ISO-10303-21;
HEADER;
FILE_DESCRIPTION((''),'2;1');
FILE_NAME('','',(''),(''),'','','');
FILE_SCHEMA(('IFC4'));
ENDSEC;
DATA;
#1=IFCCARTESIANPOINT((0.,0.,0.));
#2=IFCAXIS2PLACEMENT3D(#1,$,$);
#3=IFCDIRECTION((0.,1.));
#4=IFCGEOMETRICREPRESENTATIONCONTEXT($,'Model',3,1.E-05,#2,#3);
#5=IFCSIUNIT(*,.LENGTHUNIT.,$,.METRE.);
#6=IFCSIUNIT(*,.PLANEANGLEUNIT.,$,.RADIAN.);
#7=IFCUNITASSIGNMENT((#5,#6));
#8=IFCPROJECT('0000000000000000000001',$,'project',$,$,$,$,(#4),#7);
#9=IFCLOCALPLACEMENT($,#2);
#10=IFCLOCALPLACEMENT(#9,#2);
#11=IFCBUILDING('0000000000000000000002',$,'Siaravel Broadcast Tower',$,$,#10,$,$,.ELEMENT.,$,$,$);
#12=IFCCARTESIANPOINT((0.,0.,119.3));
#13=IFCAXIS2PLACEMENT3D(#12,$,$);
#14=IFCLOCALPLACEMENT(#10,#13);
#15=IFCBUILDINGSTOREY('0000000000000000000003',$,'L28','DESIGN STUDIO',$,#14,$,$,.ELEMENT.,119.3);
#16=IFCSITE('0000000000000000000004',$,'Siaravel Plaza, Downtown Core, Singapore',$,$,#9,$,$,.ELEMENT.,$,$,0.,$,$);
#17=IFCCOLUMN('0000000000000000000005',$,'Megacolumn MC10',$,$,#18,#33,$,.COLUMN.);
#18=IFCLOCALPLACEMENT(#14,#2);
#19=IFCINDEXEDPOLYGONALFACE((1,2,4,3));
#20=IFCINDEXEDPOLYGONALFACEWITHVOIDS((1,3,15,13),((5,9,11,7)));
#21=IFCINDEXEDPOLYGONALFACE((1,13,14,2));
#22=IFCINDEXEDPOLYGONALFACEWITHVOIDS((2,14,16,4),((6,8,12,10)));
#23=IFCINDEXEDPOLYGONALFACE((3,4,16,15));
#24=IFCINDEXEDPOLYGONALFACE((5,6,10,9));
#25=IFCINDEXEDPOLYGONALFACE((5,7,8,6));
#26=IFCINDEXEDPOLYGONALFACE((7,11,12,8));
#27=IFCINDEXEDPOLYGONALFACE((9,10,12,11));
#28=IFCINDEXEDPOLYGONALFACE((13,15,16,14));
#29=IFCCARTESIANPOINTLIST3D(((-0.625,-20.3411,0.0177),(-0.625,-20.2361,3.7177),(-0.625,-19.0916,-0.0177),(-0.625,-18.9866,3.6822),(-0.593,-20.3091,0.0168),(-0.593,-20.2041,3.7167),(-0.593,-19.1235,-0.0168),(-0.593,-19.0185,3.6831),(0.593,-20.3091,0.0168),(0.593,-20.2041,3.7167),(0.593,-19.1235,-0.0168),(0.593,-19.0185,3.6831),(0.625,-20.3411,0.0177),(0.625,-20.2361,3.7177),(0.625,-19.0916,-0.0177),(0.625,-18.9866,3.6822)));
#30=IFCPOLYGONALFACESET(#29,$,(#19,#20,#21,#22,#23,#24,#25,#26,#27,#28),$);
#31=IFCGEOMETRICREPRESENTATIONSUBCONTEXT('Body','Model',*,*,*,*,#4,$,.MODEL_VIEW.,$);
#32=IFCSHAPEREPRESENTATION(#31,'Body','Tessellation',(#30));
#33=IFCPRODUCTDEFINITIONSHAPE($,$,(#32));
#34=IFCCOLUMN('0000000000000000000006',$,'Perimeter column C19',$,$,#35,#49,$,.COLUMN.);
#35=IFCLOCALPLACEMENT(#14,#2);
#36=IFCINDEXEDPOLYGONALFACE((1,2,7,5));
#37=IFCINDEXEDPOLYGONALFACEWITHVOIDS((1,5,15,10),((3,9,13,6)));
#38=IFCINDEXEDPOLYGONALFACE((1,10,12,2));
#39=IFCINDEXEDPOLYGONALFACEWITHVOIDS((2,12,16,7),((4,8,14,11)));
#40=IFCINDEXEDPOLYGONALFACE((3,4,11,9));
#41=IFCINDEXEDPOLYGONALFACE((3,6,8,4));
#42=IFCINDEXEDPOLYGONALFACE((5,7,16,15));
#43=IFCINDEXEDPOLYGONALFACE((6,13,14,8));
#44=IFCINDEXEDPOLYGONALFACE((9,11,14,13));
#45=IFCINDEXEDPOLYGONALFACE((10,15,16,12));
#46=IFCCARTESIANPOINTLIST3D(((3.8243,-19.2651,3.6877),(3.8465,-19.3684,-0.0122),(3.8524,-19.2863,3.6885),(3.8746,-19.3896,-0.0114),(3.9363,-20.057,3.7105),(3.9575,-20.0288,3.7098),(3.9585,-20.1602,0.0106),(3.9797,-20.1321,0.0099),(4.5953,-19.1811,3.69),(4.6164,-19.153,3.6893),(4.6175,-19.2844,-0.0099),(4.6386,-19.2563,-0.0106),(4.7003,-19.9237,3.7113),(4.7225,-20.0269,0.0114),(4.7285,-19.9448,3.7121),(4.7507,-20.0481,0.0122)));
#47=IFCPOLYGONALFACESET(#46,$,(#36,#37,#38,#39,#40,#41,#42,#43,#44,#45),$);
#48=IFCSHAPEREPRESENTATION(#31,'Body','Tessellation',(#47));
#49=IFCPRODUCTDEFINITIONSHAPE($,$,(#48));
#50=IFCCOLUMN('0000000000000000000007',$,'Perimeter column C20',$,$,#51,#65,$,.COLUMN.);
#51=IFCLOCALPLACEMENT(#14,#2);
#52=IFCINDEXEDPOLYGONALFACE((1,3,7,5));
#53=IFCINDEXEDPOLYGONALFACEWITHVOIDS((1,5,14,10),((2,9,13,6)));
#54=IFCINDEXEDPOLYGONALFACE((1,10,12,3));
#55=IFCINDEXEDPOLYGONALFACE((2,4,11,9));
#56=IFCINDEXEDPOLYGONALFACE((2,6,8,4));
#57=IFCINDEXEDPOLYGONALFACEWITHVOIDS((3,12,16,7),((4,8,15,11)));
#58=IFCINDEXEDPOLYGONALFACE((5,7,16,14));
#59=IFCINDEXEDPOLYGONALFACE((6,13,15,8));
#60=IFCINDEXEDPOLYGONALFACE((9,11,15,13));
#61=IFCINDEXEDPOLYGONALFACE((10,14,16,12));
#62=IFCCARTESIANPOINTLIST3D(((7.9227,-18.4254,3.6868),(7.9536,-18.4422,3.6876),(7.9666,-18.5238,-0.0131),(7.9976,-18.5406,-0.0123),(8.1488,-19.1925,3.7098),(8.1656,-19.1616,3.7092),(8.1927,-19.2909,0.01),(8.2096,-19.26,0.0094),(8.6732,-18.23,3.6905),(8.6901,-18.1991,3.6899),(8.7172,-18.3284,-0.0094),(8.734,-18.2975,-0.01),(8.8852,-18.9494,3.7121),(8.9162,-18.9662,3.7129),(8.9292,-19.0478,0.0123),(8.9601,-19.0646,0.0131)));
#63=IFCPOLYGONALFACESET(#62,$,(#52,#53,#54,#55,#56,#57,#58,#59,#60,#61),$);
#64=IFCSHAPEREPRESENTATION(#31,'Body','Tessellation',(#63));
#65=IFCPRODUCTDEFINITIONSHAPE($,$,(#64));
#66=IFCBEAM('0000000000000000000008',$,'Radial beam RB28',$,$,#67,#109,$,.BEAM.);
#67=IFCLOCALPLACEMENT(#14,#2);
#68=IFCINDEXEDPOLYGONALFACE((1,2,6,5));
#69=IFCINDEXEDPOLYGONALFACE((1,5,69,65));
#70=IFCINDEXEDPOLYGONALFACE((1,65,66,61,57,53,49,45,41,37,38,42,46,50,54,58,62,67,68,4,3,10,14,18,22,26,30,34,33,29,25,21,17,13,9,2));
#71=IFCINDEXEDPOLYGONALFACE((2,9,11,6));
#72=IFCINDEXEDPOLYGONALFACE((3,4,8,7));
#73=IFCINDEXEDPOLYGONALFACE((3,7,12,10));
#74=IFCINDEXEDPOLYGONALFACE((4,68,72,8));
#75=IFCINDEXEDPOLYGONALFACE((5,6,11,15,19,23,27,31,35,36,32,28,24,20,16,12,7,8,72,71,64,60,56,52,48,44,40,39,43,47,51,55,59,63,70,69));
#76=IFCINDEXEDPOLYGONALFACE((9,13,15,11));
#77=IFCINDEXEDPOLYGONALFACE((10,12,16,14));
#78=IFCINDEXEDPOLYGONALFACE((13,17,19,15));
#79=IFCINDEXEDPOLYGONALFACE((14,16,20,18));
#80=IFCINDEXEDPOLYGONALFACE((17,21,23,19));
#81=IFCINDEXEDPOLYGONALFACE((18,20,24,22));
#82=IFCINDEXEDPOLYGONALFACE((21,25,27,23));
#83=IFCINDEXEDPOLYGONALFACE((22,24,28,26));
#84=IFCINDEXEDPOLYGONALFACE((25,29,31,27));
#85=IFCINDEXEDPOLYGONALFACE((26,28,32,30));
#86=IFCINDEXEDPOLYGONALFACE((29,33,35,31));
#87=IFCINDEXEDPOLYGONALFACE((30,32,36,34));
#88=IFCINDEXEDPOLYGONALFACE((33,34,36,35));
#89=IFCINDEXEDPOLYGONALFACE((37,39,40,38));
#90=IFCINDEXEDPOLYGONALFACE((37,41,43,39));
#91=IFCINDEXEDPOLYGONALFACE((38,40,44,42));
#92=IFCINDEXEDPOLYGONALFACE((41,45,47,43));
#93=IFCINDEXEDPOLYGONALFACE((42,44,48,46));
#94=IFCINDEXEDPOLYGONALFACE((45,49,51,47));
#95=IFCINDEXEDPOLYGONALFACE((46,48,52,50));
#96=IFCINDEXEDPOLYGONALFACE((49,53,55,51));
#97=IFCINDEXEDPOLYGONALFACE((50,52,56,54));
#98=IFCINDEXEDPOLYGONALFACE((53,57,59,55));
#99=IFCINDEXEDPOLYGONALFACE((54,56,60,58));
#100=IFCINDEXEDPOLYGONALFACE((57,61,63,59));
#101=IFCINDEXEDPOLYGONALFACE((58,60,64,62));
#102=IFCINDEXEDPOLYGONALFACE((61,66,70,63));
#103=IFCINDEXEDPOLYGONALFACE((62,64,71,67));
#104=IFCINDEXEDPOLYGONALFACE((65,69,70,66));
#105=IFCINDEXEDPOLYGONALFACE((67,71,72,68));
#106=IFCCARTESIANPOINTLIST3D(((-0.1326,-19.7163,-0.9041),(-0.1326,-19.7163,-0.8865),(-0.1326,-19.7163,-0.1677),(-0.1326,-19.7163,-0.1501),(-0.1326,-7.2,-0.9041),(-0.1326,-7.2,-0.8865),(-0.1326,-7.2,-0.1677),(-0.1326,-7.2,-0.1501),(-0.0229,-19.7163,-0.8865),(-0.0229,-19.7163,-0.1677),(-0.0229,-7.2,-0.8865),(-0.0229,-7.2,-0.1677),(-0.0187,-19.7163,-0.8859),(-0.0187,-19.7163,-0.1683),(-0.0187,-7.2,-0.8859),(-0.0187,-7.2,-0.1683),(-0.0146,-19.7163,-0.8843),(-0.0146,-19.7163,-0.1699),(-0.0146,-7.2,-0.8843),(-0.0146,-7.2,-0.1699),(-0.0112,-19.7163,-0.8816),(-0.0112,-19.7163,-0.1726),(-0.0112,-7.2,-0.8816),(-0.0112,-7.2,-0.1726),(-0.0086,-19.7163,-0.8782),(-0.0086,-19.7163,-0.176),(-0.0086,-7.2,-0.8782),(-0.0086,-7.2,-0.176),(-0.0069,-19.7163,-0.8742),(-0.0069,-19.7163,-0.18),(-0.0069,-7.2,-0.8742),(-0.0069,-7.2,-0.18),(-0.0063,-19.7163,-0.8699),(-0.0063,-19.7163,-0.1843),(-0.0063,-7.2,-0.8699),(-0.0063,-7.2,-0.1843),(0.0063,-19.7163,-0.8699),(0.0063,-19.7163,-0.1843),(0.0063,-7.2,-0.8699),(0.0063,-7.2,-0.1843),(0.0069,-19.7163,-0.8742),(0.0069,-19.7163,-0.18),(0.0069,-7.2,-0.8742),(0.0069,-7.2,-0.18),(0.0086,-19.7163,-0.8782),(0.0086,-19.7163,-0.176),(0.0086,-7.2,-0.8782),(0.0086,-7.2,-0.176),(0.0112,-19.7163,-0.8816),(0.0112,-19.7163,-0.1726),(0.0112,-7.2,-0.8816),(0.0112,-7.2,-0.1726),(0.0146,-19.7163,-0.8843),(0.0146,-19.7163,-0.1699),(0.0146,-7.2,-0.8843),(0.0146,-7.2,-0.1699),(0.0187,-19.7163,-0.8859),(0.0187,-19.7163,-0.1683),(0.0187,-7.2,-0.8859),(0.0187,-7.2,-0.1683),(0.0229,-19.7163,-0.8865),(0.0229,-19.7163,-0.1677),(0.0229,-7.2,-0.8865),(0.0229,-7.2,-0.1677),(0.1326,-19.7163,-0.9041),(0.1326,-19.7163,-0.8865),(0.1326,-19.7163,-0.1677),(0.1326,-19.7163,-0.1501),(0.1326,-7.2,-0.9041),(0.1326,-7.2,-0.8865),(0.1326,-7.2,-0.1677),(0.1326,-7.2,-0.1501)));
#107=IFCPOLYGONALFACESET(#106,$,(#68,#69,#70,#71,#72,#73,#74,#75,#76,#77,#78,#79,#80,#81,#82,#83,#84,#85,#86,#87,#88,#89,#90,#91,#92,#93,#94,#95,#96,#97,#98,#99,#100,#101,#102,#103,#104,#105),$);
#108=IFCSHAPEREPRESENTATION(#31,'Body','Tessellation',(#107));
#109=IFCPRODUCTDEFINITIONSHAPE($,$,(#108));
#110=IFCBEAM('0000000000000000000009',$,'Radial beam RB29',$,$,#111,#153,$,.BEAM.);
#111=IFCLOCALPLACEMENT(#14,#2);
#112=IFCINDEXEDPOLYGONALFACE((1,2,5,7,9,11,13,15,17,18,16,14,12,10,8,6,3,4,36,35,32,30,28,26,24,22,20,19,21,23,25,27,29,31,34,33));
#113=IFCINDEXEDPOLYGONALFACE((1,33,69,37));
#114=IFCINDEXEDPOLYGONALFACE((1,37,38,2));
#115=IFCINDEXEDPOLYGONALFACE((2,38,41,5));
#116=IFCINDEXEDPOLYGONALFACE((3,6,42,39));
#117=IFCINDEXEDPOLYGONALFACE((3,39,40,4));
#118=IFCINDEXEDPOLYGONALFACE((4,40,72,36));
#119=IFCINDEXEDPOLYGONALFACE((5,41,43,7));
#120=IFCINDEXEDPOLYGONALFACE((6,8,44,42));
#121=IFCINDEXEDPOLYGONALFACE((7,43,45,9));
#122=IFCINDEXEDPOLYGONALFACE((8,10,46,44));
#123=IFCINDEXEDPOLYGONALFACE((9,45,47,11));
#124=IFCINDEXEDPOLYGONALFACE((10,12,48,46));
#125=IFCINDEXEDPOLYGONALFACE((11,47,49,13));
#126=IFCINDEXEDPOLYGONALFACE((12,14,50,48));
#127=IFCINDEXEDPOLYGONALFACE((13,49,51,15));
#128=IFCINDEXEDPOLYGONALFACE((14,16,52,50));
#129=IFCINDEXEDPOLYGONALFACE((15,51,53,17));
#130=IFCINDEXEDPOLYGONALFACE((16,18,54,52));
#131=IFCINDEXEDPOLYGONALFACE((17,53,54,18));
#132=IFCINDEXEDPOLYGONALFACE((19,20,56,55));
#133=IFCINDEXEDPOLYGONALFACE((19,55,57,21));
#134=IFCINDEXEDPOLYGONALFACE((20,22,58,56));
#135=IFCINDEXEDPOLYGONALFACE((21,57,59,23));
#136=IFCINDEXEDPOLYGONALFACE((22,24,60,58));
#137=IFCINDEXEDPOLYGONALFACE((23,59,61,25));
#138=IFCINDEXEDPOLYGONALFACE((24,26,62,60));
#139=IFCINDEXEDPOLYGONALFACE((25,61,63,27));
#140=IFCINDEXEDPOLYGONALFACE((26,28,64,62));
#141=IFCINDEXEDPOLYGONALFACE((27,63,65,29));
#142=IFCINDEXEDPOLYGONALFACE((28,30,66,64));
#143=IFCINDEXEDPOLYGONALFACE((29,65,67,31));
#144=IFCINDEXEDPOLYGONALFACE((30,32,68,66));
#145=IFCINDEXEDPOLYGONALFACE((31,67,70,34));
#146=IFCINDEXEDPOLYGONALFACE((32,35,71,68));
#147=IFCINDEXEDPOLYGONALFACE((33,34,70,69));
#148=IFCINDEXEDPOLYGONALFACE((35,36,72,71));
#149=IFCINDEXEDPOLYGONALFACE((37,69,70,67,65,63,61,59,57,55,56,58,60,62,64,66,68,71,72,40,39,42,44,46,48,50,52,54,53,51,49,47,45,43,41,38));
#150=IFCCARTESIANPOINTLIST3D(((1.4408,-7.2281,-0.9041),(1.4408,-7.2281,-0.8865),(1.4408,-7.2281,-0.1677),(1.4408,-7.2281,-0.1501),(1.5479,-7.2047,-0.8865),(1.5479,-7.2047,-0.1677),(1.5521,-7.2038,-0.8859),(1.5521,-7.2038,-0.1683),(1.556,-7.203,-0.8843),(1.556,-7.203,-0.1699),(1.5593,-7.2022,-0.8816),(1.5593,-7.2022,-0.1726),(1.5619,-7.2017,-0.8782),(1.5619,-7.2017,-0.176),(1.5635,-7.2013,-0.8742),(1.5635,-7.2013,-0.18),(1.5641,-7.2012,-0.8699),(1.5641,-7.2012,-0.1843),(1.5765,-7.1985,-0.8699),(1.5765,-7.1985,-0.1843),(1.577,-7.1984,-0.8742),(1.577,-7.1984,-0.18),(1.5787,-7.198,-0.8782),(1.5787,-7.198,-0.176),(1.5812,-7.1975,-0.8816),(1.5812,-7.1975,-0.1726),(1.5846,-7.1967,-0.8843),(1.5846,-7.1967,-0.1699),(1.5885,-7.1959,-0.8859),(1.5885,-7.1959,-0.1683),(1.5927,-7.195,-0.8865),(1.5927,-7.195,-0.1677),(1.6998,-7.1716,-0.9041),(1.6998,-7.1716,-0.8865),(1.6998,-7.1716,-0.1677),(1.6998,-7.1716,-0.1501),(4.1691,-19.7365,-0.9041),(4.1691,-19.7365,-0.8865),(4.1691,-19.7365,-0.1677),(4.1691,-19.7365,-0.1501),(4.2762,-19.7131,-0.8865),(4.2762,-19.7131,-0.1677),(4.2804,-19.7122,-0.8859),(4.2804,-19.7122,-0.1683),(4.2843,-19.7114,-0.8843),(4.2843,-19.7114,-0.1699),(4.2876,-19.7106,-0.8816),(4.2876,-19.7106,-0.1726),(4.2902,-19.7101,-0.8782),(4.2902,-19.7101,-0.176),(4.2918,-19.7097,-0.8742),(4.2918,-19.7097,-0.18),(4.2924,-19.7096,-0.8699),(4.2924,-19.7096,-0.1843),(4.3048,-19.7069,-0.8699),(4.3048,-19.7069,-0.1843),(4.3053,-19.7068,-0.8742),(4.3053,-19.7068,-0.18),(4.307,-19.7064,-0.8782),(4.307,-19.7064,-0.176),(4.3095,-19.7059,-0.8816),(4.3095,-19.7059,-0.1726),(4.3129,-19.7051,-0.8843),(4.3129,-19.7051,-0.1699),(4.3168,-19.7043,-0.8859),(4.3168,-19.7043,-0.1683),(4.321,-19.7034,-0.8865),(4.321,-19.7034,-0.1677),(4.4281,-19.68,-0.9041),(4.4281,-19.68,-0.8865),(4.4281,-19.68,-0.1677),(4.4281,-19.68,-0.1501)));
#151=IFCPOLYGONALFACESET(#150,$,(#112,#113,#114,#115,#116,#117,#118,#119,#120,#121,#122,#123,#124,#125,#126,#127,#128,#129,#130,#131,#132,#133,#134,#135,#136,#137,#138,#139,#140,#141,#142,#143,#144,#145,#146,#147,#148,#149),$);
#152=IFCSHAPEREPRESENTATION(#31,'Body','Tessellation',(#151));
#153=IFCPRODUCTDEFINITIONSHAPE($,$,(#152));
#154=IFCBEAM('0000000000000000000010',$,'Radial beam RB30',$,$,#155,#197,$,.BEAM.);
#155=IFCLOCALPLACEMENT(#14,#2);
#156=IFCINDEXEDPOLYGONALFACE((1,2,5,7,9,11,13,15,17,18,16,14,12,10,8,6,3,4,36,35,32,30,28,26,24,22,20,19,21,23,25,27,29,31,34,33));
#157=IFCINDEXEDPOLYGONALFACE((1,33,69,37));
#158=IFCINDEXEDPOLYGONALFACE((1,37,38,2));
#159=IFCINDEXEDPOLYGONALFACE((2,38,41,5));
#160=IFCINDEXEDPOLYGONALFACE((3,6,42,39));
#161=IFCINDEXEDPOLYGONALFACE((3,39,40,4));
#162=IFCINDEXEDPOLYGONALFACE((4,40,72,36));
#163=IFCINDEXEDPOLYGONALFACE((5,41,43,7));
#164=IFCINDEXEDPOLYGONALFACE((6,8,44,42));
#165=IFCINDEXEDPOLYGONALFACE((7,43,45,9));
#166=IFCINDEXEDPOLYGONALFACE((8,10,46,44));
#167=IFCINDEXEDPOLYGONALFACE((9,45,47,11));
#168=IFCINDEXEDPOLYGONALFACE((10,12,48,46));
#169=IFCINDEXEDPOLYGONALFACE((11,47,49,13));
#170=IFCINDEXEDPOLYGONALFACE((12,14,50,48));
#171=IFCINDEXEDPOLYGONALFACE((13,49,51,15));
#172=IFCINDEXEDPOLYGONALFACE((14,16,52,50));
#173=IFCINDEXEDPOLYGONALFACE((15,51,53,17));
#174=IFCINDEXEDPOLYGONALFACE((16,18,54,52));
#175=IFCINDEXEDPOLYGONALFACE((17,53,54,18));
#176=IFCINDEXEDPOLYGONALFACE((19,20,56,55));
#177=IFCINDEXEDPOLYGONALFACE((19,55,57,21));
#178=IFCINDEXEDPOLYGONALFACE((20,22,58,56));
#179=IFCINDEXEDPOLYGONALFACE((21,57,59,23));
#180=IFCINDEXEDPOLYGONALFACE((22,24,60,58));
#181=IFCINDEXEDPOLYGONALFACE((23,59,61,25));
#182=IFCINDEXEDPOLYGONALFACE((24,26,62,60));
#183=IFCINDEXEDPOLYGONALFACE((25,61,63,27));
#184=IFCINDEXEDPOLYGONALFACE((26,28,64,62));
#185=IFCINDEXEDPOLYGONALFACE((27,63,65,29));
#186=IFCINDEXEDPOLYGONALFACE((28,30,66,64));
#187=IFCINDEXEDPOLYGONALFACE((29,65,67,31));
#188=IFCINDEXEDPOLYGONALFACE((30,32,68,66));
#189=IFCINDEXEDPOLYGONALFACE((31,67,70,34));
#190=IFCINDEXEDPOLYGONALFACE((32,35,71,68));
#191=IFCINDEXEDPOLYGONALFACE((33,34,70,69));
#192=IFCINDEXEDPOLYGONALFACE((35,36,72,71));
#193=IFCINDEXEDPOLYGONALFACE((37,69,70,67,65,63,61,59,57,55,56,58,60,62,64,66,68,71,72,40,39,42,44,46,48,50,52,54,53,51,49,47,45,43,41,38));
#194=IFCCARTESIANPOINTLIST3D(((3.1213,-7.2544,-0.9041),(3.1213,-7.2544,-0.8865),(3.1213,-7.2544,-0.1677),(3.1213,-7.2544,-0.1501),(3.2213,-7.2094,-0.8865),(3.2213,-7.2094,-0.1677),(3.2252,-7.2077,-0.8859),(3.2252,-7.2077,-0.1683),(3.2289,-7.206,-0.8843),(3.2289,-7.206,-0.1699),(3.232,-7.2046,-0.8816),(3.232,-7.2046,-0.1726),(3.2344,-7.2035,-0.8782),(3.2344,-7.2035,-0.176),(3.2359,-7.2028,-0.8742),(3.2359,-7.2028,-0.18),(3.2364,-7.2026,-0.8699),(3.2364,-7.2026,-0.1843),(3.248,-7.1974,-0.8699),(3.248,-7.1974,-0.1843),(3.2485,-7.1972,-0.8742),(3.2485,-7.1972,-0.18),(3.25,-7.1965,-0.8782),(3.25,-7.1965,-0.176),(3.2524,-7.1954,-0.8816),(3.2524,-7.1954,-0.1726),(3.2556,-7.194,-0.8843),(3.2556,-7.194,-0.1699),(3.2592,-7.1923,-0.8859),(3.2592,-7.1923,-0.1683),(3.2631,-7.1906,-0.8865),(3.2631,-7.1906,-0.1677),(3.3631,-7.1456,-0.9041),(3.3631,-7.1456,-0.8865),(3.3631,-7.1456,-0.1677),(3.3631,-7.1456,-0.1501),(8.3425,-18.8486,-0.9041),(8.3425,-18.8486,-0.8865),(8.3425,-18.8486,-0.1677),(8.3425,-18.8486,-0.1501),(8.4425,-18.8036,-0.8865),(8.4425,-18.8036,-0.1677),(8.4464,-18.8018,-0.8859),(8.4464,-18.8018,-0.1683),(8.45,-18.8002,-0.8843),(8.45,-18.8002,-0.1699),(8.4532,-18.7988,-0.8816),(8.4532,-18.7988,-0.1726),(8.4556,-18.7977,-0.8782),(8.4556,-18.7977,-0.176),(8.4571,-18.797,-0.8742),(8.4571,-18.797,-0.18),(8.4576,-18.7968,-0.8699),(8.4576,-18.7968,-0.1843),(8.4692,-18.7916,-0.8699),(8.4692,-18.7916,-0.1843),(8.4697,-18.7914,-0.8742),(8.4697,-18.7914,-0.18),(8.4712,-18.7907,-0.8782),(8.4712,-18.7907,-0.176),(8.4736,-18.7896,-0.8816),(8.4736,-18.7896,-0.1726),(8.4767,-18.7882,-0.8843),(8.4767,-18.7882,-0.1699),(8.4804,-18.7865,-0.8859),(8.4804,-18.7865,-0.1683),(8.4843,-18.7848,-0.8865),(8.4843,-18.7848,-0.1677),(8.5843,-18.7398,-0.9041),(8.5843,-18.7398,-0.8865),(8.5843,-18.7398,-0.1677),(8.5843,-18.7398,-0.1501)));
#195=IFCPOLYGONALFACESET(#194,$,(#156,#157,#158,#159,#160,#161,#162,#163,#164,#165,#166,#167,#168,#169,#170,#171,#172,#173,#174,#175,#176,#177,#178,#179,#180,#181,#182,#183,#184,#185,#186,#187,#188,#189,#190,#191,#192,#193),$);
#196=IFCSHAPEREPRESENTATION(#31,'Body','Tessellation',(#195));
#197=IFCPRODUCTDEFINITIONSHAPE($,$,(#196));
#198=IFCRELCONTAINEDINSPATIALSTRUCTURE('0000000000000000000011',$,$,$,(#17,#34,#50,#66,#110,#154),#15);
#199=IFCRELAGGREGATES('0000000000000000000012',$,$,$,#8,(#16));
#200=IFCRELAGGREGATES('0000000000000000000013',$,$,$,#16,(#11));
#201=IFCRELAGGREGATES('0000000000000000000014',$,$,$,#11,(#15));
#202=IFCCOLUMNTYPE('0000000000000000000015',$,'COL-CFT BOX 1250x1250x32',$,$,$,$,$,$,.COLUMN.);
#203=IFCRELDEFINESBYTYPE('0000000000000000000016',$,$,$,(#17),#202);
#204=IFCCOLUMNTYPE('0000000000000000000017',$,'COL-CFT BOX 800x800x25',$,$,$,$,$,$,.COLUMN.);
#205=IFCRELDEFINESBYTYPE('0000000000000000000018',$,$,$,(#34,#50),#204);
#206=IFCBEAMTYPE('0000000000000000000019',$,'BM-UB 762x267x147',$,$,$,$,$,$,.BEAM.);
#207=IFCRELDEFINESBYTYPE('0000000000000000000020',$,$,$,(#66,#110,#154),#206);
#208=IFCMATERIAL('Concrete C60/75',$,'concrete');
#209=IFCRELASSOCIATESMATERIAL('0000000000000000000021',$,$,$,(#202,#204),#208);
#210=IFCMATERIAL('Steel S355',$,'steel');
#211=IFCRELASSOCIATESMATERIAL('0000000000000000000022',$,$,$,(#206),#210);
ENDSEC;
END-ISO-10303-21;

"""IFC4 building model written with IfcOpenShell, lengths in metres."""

from ifc_helpers import new_model, si_unit, direction, frame, origin, origin_2d, place, context, subcontext, project, spatial, hollow_rectangle, i_section, extrude, material, material_profile, profile_set, type_object, element, save


model = new_model("IFC4")

# Units and contexts
model_context = context("Model", 3, precision=1e-05, world=origin(), true_north=direction((0.0, 1.0)))
body_context = subcontext(model_context, "Body", "Model", "MODEL_VIEW")
ifc_project = project(units=[si_unit("LENGTHUNIT", "METRE"), si_unit("PLANEANGLEUNIT", "RADIAN")], contexts=[model_context])

# Site, building, storey
site_placement = place(None, origin())
site = spatial("IfcSite", under=ifc_project, at=site_placement, Name="Siaravel Plaza, Downtown Core, Singapore", CompositionType="ELEMENT", RefElevation=0.0)
building_placement = place(site_placement, origin())
building = spatial("IfcBuilding", under=site, at=building_placement, Name="Siaravel Broadcast Tower", CompositionType="ELEMENT")
storey_placement = place(building_placement, frame((0.0, 0.0, 119.3)))
storey = spatial("IfcBuildingStorey", under=building, at=storey_placement, Name="L28", Description="DESIGN STUDIO", CompositionType="ELEMENT", Elevation=119.3)

# Columns
ifc_material_1 = material(Name="Concrete C60/75", Category="concrete")
ifc_material_profile_1 = material_profile(ifc_material_1, hollow_rectangle(XDim=1.25, YDim=1.25, WallThickness=0.032, at=origin_2d()))
ifc_profile_set_1 = profile_set([ifc_material_profile_1], Name="Concrete C60/75")
column_type_1 = type_object("IfcColumnType", Name="COL-CFT BOX 1250x1250x32", PredefinedType="COLUMN", material=ifc_profile_set_1)
column_placement = place(storey_placement, frame((0.0, -19.7163, 0.0), z_axis=(0.0, 0.028362, 0.999598), x_axis=(-1.0, 0.0, 0.0)))
element("IfcColumn", 1, at=column_placement, inside=storey, type_object=column_type_1, Name="Megacolumn MC10", PredefinedType="COLUMN", context=body_context, shape_type="SweptSolid", body=[
    extrude(hollow_rectangle(XDim=1.25, YDim=1.25, WallThickness=0.032, at=origin_2d()), origin(), (0.0, 0.0, 1.0), 3.7014),
])
ifc_material_profile_2 = material_profile(ifc_material_1, hollow_rectangle(XDim=0.8, YDim=0.8, WallThickness=0.0249, at=origin_2d()))
ifc_profile_set_2 = profile_set([ifc_material_profile_2], Name="Concrete C60/75")
column_type_2 = type_object("IfcColumnType", Name="COL-CFT BOX 800x800x25", PredefinedType="COLUMN", material=ifc_profile_set_2)
for number, where, z_axis, x_axis, name in (
    (2, (4.2986, -19.7083, 0.0), (-0.006002, 0.0279, 0.999593), (-0.990128, -0.140152, -0.002033), "Perimeter column C19"),
    (3, (8.4634, -18.7942, 0.0), (-0.011872, 0.026581, 0.999576), (-0.959163, -0.282827, -0.003871), "Perimeter column C20"),
):
    element("IfcColumn", number, at=place(storey_placement, frame(where, z_axis=z_axis, x_axis=x_axis)), inside=storey, type_object=column_type_2, Name=name, PredefinedType="COLUMN", context=body_context, shape_type="SweptSolid", body=[
        extrude(hollow_rectangle(XDim=0.8, YDim=0.8, WallThickness=0.0249, at=origin_2d()), origin(), (0.0, 0.0, 1.0), 3.7014),
    ])

# Beams
ifc_material_2 = material(Name="Steel S355", Category="steel")
ifc_material_profile_3 = material_profile(ifc_material_2, i_section(OverallWidth=0.2651, OverallDepth=0.7539, WebThickness=0.0127, FlangeThickness=0.0176, FilletRadius=0.0166, at=origin_2d()))
ifc_profile_set_3 = profile_set([ifc_material_profile_3], Name="Steel S355")
beam_type = type_object("IfcBeamType", Name="BM-UB 762x267x147", PredefinedType="BEAM", material=ifc_profile_set_3)
beam_1_placement = place(storey_placement, frame((0.0, -19.7163, -0.5271), z_axis=(0.0, 1.0, 0.0), x_axis=(-1.0, 0.0, 0.0)))
element("IfcBeam", 4, at=beam_1_placement, inside=storey, type_object=beam_type, Name="Radial beam RB28", PredefinedType="BEAM", context=body_context, shape_type="SweptSolid", body=[
    extrude(i_section(OverallWidth=0.2651, OverallDepth=0.7539, WebThickness=0.0127, FlangeThickness=0.0176, FilletRadius=0.0166, at=origin_2d()), origin(), (0.0, 0.0, 1.0), 12.5164),
])
beam_2_placement = place(storey_placement, frame((4.2986, -19.7083, -0.5271), z_axis=(-0.213107, 0.977029, 0.0), x_axis=(-0.977029, -0.213107, 0.0)))
element("IfcBeam", 5, at=beam_2_placement, inside=storey, type_object=beam_type, Name="Radial beam RB29", PredefinedType="BEAM", context=body_context, shape_type="SweptSolid", body=[
    extrude(i_section(OverallWidth=0.2651, OverallDepth=0.7539, WebThickness=0.0127, FlangeThickness=0.0176, FilletRadius=0.0166, at=origin_2d()), origin(), (0.0, 0.0, 1.0), 12.8025),
])
beam_3_placement = place(storey_placement, frame((8.4634, -18.7942, -0.5271), z_axis=(-0.410612, 0.91181, 0.0), x_axis=(-0.91181, -0.410612, 0.0)))
element("IfcBeam", 6, at=beam_3_placement, inside=storey, type_object=beam_type, Name="Radial beam RB30", PredefinedType="BEAM", context=body_context, shape_type="SweptSolid", body=[
    extrude(i_section(OverallWidth=0.2651, OverallDepth=0.7539, WebThickness=0.0127, FlangeThickness=0.0176, FilletRadius=0.0166, at=origin_2d()), origin(), (0.0, 0.0, 1.0), 12.7156),
])

save(model, "model.ifc")
